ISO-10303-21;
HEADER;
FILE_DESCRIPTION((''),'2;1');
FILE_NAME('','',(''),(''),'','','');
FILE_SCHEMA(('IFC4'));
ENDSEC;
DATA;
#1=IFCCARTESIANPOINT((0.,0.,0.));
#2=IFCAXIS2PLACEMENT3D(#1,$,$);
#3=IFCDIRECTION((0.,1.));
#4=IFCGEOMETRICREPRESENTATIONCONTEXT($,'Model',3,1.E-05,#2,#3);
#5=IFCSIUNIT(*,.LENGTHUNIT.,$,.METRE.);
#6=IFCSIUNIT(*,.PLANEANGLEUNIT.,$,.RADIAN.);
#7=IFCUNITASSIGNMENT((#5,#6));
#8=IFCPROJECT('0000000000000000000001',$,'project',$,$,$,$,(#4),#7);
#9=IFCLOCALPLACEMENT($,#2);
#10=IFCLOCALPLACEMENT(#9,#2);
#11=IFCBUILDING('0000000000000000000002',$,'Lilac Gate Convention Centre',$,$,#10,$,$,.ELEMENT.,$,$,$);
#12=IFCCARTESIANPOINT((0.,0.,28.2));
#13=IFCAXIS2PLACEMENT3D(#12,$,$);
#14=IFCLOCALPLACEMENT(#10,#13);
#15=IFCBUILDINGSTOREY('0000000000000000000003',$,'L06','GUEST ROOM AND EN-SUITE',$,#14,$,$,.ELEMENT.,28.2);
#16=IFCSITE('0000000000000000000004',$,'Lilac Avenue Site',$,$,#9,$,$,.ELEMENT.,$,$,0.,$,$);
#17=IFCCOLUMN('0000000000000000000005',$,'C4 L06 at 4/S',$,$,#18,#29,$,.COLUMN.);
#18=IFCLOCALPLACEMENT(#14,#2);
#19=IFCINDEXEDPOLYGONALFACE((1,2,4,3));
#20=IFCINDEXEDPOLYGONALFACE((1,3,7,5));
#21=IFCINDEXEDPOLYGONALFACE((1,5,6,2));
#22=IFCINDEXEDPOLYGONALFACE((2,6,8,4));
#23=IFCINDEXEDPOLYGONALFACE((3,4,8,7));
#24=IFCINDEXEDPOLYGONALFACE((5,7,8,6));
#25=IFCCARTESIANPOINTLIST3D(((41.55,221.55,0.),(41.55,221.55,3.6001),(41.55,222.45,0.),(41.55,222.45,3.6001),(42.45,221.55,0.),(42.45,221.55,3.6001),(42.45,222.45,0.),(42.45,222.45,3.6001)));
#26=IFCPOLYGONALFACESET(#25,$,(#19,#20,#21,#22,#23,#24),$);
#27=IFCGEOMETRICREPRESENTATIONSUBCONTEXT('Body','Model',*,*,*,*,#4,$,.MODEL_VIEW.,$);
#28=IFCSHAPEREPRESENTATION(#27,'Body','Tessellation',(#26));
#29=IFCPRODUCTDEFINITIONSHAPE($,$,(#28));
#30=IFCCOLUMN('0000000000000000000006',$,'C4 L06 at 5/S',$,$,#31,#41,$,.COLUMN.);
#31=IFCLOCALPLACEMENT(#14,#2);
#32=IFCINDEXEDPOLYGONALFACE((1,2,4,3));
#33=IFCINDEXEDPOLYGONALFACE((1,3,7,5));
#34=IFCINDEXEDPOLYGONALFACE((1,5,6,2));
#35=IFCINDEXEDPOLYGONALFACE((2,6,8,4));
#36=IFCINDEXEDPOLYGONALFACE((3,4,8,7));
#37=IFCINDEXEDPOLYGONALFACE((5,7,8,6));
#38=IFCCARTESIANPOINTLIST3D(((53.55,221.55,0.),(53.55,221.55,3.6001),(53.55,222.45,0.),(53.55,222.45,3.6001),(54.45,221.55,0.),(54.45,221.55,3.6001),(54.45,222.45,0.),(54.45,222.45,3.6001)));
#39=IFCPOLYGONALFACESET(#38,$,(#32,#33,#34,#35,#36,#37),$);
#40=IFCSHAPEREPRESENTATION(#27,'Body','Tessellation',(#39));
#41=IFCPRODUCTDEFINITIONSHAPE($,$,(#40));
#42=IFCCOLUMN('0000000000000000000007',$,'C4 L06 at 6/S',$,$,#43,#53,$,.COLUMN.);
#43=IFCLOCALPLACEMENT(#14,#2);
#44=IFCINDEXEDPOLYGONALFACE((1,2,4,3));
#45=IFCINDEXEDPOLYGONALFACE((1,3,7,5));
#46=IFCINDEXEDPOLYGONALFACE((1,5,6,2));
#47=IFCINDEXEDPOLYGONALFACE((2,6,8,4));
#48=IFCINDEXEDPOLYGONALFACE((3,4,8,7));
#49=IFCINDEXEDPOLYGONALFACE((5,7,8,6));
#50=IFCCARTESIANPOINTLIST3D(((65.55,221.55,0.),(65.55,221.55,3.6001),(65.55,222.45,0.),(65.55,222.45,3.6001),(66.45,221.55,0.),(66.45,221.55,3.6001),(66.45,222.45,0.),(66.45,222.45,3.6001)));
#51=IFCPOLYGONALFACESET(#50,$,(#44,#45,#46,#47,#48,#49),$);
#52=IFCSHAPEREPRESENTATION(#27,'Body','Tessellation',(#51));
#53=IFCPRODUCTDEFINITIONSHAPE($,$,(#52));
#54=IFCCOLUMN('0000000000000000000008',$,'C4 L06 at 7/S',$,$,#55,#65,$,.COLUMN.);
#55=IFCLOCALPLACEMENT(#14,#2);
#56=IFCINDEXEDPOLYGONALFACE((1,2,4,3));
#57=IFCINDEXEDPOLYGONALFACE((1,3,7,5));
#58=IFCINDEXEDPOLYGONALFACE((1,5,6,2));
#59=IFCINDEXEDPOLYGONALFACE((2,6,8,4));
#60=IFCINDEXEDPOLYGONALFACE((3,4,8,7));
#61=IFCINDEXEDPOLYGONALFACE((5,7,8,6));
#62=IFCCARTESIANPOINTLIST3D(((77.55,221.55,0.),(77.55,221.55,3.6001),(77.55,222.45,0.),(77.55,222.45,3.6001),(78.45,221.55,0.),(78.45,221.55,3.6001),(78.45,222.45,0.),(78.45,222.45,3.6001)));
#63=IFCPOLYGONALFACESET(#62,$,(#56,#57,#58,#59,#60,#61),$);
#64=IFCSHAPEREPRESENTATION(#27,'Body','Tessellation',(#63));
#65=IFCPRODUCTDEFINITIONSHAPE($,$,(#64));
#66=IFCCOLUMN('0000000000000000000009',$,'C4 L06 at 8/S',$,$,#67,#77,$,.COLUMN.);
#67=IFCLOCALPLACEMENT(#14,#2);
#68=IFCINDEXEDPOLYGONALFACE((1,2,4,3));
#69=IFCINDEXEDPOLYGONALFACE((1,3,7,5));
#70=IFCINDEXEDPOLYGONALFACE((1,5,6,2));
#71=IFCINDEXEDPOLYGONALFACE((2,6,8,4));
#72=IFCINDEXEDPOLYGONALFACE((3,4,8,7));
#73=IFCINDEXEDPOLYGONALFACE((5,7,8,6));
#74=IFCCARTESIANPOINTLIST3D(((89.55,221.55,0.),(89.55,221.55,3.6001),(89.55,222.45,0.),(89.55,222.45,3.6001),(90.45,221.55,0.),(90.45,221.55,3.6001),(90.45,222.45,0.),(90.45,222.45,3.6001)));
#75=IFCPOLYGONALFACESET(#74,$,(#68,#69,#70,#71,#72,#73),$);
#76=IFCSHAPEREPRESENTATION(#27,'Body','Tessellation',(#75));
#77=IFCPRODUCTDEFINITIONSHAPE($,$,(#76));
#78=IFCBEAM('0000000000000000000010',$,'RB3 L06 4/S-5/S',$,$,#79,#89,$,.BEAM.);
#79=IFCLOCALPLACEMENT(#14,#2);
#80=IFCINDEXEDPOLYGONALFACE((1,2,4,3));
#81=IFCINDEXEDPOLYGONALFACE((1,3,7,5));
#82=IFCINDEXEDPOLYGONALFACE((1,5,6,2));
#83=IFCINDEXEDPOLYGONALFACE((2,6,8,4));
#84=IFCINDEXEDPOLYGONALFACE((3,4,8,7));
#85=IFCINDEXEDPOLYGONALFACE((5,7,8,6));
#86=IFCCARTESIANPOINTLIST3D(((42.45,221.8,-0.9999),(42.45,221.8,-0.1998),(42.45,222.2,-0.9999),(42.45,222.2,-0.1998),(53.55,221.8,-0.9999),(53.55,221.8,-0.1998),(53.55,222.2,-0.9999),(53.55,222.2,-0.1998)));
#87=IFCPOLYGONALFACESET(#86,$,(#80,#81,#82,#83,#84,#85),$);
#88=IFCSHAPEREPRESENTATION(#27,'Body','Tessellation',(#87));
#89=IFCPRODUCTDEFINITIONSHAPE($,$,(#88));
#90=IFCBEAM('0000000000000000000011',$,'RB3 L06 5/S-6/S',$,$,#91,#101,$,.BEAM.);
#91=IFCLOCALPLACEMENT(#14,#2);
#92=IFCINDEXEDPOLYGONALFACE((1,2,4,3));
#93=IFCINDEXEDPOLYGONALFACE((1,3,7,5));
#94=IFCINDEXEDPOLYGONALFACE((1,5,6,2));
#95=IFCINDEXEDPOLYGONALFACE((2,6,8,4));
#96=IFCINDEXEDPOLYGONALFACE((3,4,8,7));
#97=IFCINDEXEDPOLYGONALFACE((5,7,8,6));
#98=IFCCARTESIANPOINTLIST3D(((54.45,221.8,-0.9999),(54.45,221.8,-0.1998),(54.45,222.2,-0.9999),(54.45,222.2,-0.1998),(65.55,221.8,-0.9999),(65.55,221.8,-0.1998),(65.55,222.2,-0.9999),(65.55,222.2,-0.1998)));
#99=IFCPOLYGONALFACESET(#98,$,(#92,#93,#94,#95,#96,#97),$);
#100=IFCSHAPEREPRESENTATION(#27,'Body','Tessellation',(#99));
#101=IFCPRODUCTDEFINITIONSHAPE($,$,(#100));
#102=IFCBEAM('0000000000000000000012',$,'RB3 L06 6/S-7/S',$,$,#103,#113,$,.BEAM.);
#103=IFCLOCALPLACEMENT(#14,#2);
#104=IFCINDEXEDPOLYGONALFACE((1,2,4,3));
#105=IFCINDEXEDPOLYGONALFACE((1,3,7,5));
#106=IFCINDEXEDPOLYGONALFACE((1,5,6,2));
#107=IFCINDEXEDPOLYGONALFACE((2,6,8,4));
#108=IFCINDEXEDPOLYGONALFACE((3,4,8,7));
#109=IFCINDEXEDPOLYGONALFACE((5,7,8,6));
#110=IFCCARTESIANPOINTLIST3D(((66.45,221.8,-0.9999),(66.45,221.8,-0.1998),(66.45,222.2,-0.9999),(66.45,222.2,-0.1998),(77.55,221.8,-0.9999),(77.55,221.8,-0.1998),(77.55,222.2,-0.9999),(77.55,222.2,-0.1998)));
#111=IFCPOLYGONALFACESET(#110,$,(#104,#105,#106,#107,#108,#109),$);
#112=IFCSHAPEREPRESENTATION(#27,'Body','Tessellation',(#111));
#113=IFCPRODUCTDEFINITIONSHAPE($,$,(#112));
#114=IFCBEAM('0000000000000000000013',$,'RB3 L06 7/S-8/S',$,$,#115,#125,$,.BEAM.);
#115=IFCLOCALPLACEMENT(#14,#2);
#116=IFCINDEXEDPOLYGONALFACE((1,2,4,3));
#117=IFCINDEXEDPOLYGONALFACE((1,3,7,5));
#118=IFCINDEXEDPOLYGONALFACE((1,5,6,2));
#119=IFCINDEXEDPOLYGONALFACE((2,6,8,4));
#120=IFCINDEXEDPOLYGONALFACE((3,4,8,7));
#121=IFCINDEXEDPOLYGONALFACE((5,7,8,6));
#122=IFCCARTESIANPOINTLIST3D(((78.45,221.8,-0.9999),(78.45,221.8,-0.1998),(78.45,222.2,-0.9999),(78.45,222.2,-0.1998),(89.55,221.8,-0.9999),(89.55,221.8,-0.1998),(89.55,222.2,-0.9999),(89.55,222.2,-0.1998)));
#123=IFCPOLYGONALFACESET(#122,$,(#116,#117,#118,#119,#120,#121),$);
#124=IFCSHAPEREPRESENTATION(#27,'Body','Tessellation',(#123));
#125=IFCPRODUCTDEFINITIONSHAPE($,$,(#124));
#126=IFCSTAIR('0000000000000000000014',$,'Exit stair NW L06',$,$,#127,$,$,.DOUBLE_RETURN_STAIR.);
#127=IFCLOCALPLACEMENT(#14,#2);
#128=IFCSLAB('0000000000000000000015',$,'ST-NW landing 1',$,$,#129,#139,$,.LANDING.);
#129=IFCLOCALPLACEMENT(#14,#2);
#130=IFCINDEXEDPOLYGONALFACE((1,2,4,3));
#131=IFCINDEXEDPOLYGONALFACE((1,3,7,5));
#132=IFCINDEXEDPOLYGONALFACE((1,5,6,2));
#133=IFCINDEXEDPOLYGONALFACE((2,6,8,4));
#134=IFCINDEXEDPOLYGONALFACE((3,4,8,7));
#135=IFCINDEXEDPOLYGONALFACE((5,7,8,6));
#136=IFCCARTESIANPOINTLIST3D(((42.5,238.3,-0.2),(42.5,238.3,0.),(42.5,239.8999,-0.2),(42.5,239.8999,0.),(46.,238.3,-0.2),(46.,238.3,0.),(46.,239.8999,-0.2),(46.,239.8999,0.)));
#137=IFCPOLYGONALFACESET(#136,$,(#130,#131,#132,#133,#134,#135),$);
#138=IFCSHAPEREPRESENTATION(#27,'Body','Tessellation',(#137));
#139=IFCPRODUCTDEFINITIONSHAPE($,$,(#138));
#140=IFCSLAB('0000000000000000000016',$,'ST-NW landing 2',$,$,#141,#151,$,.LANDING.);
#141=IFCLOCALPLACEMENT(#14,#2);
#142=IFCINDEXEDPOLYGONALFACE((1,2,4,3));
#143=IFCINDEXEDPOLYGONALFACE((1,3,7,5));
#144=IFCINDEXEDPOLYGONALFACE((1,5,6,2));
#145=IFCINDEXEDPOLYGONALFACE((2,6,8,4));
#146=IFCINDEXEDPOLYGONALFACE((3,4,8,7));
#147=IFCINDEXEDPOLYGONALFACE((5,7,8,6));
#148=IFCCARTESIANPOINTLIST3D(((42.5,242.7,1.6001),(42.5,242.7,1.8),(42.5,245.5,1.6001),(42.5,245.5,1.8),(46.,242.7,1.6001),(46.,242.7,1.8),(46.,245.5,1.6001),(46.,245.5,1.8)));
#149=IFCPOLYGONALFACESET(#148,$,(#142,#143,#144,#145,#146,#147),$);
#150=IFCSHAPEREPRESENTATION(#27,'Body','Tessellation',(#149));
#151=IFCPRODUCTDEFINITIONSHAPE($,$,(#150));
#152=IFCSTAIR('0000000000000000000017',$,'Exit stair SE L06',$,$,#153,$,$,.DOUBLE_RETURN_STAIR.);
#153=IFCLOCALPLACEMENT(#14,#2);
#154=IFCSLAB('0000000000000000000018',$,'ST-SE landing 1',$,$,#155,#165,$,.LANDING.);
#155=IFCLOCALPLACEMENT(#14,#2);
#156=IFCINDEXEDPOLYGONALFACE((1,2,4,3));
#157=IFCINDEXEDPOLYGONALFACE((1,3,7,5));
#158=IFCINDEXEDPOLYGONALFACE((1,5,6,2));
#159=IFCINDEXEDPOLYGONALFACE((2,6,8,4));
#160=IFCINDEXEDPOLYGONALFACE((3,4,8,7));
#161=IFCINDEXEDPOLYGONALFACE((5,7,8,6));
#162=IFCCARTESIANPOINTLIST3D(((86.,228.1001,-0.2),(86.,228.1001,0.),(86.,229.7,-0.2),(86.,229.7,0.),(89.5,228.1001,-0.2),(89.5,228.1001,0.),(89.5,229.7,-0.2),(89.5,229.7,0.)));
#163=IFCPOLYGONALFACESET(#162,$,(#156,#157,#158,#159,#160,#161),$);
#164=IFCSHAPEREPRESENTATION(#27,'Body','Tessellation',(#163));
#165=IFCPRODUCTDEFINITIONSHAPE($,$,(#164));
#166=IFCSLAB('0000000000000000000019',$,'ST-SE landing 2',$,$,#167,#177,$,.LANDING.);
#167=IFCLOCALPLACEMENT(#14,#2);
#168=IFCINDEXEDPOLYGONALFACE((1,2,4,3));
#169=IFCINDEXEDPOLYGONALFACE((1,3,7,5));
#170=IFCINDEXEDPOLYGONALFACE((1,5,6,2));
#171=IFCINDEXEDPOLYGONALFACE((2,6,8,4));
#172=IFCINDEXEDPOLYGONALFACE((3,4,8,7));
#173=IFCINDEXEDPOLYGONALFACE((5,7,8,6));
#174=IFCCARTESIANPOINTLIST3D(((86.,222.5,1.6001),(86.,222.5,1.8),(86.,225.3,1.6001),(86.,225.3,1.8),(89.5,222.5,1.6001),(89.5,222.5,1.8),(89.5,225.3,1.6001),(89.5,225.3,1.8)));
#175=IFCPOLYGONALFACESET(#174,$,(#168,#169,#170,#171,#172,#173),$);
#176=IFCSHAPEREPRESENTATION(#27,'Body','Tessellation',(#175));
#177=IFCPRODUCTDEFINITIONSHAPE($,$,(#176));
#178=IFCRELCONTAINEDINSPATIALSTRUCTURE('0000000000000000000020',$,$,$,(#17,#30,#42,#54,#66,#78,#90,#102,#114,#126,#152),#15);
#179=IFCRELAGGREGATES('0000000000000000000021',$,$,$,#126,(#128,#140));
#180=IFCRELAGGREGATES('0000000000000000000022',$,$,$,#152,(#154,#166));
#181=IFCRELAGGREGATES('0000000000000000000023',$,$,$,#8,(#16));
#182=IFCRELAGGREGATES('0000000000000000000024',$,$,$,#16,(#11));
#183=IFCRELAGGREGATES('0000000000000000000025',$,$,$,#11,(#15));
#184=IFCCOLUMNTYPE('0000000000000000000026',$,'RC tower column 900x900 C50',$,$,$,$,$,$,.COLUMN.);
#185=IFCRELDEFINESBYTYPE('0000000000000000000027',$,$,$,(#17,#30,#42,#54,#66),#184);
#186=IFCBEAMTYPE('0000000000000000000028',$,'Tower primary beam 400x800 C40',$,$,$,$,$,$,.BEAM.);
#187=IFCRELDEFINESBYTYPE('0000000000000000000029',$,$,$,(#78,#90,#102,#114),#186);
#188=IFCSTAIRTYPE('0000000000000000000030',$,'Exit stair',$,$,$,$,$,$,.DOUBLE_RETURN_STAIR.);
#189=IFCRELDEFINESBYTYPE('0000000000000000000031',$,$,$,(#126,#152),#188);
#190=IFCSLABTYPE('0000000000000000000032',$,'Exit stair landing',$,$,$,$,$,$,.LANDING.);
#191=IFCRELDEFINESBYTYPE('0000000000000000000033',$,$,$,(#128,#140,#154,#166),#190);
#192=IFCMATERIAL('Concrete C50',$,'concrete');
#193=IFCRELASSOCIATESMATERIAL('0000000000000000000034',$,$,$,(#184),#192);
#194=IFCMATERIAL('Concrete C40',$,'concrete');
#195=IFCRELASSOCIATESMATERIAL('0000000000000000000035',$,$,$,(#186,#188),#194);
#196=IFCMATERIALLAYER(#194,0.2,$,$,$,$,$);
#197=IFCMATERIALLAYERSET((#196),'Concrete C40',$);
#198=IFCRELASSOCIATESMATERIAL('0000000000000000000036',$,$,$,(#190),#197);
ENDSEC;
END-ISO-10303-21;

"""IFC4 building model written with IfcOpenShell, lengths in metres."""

from ifc_helpers import new_model, si_unit, direction, frame, origin, origin_2d, place, context, subcontext, project, spatial, polyline, rectangle, outline, extrude, material, layer, layer_set, material_profile, profile_set, type_object, element, aggregate, save


model = new_model("IFC4")

# Units and contexts
model_context = context("Model", 3, precision=1e-05, world=origin(), true_north=direction((0.0, 1.0)))
body_context = subcontext(model_context, "Body", "Model", "MODEL_VIEW")
ifc_project = project(units=[si_unit("LENGTHUNIT", "METRE"), si_unit("PLANEANGLEUNIT", "RADIAN")], contexts=[model_context])

# Site, building, storey
site_placement = place(None, origin())
site = spatial("IfcSite", under=ifc_project, at=site_placement, Name="Lilac Avenue Site", CompositionType="ELEMENT", RefElevation=0.0)
building_placement = place(site_placement, origin())
building = spatial("IfcBuilding", under=site, at=building_placement, Name="Lilac Gate Convention Centre", CompositionType="ELEMENT")
storey_placement = place(building_placement, frame((0.0, 0.0, 28.2)))
storey = spatial("IfcBuildingStorey", under=building, at=storey_placement, Name="L06", Description="GUEST ROOM AND EN-SUITE", CompositionType="ELEMENT", Elevation=28.2)

# Columns
ifc_material_1 = material(Name="Concrete C50", Category="concrete")
ifc_material_profile_1 = material_profile(ifc_material_1, rectangle(XDim=0.8999, YDim=0.8999, at=origin_2d()), Name="RC 900x900")
ifc_profile_set_1 = profile_set([ifc_material_profile_1], Name="Concrete C50")
column_type = type_object("IfcColumnType", Name="RC tower column 900x900 C50", PredefinedType="COLUMN", material=ifc_profile_set_1)
for number, where, z_axis, x_axis, name in (
    (1, (42.0, 222.0, 0.0), (0.0, 0.0, 1.0), (1.0, 0.0, 0.0), "C4 L06 at 4/S"),
    (2, (54.0, 222.0, 0.0), (0.0, 0.0, 1.0), (1.0, 0.0, 0.0), "C4 L06 at 5/S"),
    (3, (66.0, 222.0, 0.0), (0.0, 0.0, 1.0), (1.0, 0.0, 0.0), "C4 L06 at 6/S"),
    (4, (78.0, 222.0, 0.0), (0.0, 0.0, 1.0), (1.0, 0.0, 0.0), "C4 L06 at 7/S"),
    (5, (90.0, 222.0, 0.0), (0.0, 0.0, 1.0), (1.0, 0.0, 0.0), "C4 L06 at 8/S"),
):
    element("IfcColumn", number, at=place(storey_placement, frame(where, z_axis=z_axis, x_axis=x_axis)), inside=storey, type_object=column_type, Name=name, PredefinedType="COLUMN", context=body_context, shape_type="SweptSolid", body=[
        extrude(rectangle(XDim=0.8999, YDim=0.8999, at=origin_2d()), origin(), (0.0, 0.0, 1.0), 3.6001),
    ])

# Beams
ifc_material_2 = material(Name="Concrete C40", Category="concrete")
ifc_material_profile_2 = material_profile(ifc_material_2, rectangle(XDim=0.3999, YDim=0.8, at=origin_2d()), Name="RC 400x800")
ifc_profile_set_2 = profile_set([ifc_material_profile_2], Name="Concrete C40")
beam_type = type_object("IfcBeamType", Name="Tower primary beam 400x800 C40", PredefinedType="BEAM", material=ifc_profile_set_2)
for number, where, z_axis, x_axis, name in (
    (6, (42.45, 222.0, -0.5999), (1.0, 0.0, 0.0), (0.0, 1.0, 0.0), "RB3 L06 4/S-5/S"),
    (7, (54.45, 222.0, -0.5999), (1.0, 0.0, 0.0), (0.0, 1.0, 0.0), "RB3 L06 5/S-6/S"),
    (8, (66.45, 222.0, -0.5999), (1.0, 0.0, 0.0), (0.0, 1.0, 0.0), "RB3 L06 6/S-7/S"),
    (9, (78.45, 222.0, -0.5999), (1.0, 0.0, 0.0), (0.0, 1.0, 0.0), "RB3 L06 7/S-8/S"),
):
    element("IfcBeam", number, at=place(storey_placement, frame(where, z_axis=z_axis, x_axis=x_axis)), inside=storey, type_object=beam_type, Name=name, PredefinedType="BEAM", context=body_context, shape_type="SweptSolid", body=[
        extrude(rectangle(XDim=0.3999, YDim=0.8, at=origin_2d()), origin(), (0.0, 0.0, 1.0), 11.1001),
    ])

# Stairs, slabs
stair_type = type_object("IfcStairType", Name="Exit stair", PredefinedType="DOUBLE_RETURN_STAIR", material=ifc_material_2)
stair_1_placement = place(storey_placement, origin())
stair_1 = element("IfcStair", 10, at=stair_1_placement, inside=storey, type_object=stair_type, Name="Exit stair NW L06", PredefinedType="DOUBLE_RETURN_STAIR")
ifc_layer_1 = layer(ifc_material_2, 0.2)
ifc_layer_set_1 = layer_set([ifc_layer_1], Name="Concrete C40")
slab_type_1 = type_object("IfcSlabType", Name="Exit stair landing", PredefinedType="LANDING", material=ifc_layer_set_1)
slab_1_placement = place(storey_placement, frame((0.0, 0.0, -0.2)))
slab_1 = element("IfcSlab", 11, at=slab_1_placement, type_object=slab_type_1, Name="ST-NW landing 1", PredefinedType="LANDING", context=body_context, shape_type="SweptSolid", body=[
    extrude(outline(polyline([(42.5, 238.3), (46.0, 238.3), (46.0, 239.8999), (42.5, 239.8999), (42.5, 238.3)])), origin(), (0.0, 0.0, 1.0), 0.2),
])
slab_2_placement = place(storey_placement, frame((0.0, 0.0, 1.6001)))
slab_2 = element("IfcSlab", 12, at=slab_2_placement, type_object=slab_type_1, Name="ST-NW landing 2", PredefinedType="LANDING", context=body_context, shape_type="SweptSolid", body=[
    extrude(outline(polyline([(42.5, 242.7), (46.0, 242.7), (46.0, 245.5), (42.5, 245.5), (42.5, 242.7)])), origin(), (0.0, 0.0, 1.0), 0.2),
])
aggregate(stair_1, [slab_1, slab_2])
stair_2_placement = place(storey_placement, origin())
stair_2 = element("IfcStair", 13, at=stair_2_placement, inside=storey, type_object=stair_type, Name="Exit stair SE L06", PredefinedType="DOUBLE_RETURN_STAIR")
slab_3_placement = place(storey_placement, frame((0.0, 0.0, -0.2)))
slab_3 = element("IfcSlab", 14, at=slab_3_placement, type_object=slab_type_1, Name="ST-SE landing 1", PredefinedType="LANDING", context=body_context, shape_type="SweptSolid", body=[
    extrude(outline(polyline([(86.0, 228.1001), (89.5, 228.1001), (89.5, 229.7), (86.0, 229.7), (86.0, 228.1001)])), origin(), (0.0, 0.0, 1.0), 0.2),
])
slab_4_placement = place(storey_placement, frame((0.0, 0.0, 1.6001)))
slab_4 = element("IfcSlab", 15, at=slab_4_placement, type_object=slab_type_1, Name="ST-SE landing 2", PredefinedType="LANDING", context=body_context, shape_type="SweptSolid", body=[
    extrude(outline(polyline([(86.0, 222.5), (89.5, 222.5), (89.5, 225.3), (86.0, 225.3), (86.0, 222.5)])), origin(), (0.0, 0.0, 1.0), 0.2),
])
aggregate(stair_2, [slab_3, slab_4])

save(model, "model.ifc")
